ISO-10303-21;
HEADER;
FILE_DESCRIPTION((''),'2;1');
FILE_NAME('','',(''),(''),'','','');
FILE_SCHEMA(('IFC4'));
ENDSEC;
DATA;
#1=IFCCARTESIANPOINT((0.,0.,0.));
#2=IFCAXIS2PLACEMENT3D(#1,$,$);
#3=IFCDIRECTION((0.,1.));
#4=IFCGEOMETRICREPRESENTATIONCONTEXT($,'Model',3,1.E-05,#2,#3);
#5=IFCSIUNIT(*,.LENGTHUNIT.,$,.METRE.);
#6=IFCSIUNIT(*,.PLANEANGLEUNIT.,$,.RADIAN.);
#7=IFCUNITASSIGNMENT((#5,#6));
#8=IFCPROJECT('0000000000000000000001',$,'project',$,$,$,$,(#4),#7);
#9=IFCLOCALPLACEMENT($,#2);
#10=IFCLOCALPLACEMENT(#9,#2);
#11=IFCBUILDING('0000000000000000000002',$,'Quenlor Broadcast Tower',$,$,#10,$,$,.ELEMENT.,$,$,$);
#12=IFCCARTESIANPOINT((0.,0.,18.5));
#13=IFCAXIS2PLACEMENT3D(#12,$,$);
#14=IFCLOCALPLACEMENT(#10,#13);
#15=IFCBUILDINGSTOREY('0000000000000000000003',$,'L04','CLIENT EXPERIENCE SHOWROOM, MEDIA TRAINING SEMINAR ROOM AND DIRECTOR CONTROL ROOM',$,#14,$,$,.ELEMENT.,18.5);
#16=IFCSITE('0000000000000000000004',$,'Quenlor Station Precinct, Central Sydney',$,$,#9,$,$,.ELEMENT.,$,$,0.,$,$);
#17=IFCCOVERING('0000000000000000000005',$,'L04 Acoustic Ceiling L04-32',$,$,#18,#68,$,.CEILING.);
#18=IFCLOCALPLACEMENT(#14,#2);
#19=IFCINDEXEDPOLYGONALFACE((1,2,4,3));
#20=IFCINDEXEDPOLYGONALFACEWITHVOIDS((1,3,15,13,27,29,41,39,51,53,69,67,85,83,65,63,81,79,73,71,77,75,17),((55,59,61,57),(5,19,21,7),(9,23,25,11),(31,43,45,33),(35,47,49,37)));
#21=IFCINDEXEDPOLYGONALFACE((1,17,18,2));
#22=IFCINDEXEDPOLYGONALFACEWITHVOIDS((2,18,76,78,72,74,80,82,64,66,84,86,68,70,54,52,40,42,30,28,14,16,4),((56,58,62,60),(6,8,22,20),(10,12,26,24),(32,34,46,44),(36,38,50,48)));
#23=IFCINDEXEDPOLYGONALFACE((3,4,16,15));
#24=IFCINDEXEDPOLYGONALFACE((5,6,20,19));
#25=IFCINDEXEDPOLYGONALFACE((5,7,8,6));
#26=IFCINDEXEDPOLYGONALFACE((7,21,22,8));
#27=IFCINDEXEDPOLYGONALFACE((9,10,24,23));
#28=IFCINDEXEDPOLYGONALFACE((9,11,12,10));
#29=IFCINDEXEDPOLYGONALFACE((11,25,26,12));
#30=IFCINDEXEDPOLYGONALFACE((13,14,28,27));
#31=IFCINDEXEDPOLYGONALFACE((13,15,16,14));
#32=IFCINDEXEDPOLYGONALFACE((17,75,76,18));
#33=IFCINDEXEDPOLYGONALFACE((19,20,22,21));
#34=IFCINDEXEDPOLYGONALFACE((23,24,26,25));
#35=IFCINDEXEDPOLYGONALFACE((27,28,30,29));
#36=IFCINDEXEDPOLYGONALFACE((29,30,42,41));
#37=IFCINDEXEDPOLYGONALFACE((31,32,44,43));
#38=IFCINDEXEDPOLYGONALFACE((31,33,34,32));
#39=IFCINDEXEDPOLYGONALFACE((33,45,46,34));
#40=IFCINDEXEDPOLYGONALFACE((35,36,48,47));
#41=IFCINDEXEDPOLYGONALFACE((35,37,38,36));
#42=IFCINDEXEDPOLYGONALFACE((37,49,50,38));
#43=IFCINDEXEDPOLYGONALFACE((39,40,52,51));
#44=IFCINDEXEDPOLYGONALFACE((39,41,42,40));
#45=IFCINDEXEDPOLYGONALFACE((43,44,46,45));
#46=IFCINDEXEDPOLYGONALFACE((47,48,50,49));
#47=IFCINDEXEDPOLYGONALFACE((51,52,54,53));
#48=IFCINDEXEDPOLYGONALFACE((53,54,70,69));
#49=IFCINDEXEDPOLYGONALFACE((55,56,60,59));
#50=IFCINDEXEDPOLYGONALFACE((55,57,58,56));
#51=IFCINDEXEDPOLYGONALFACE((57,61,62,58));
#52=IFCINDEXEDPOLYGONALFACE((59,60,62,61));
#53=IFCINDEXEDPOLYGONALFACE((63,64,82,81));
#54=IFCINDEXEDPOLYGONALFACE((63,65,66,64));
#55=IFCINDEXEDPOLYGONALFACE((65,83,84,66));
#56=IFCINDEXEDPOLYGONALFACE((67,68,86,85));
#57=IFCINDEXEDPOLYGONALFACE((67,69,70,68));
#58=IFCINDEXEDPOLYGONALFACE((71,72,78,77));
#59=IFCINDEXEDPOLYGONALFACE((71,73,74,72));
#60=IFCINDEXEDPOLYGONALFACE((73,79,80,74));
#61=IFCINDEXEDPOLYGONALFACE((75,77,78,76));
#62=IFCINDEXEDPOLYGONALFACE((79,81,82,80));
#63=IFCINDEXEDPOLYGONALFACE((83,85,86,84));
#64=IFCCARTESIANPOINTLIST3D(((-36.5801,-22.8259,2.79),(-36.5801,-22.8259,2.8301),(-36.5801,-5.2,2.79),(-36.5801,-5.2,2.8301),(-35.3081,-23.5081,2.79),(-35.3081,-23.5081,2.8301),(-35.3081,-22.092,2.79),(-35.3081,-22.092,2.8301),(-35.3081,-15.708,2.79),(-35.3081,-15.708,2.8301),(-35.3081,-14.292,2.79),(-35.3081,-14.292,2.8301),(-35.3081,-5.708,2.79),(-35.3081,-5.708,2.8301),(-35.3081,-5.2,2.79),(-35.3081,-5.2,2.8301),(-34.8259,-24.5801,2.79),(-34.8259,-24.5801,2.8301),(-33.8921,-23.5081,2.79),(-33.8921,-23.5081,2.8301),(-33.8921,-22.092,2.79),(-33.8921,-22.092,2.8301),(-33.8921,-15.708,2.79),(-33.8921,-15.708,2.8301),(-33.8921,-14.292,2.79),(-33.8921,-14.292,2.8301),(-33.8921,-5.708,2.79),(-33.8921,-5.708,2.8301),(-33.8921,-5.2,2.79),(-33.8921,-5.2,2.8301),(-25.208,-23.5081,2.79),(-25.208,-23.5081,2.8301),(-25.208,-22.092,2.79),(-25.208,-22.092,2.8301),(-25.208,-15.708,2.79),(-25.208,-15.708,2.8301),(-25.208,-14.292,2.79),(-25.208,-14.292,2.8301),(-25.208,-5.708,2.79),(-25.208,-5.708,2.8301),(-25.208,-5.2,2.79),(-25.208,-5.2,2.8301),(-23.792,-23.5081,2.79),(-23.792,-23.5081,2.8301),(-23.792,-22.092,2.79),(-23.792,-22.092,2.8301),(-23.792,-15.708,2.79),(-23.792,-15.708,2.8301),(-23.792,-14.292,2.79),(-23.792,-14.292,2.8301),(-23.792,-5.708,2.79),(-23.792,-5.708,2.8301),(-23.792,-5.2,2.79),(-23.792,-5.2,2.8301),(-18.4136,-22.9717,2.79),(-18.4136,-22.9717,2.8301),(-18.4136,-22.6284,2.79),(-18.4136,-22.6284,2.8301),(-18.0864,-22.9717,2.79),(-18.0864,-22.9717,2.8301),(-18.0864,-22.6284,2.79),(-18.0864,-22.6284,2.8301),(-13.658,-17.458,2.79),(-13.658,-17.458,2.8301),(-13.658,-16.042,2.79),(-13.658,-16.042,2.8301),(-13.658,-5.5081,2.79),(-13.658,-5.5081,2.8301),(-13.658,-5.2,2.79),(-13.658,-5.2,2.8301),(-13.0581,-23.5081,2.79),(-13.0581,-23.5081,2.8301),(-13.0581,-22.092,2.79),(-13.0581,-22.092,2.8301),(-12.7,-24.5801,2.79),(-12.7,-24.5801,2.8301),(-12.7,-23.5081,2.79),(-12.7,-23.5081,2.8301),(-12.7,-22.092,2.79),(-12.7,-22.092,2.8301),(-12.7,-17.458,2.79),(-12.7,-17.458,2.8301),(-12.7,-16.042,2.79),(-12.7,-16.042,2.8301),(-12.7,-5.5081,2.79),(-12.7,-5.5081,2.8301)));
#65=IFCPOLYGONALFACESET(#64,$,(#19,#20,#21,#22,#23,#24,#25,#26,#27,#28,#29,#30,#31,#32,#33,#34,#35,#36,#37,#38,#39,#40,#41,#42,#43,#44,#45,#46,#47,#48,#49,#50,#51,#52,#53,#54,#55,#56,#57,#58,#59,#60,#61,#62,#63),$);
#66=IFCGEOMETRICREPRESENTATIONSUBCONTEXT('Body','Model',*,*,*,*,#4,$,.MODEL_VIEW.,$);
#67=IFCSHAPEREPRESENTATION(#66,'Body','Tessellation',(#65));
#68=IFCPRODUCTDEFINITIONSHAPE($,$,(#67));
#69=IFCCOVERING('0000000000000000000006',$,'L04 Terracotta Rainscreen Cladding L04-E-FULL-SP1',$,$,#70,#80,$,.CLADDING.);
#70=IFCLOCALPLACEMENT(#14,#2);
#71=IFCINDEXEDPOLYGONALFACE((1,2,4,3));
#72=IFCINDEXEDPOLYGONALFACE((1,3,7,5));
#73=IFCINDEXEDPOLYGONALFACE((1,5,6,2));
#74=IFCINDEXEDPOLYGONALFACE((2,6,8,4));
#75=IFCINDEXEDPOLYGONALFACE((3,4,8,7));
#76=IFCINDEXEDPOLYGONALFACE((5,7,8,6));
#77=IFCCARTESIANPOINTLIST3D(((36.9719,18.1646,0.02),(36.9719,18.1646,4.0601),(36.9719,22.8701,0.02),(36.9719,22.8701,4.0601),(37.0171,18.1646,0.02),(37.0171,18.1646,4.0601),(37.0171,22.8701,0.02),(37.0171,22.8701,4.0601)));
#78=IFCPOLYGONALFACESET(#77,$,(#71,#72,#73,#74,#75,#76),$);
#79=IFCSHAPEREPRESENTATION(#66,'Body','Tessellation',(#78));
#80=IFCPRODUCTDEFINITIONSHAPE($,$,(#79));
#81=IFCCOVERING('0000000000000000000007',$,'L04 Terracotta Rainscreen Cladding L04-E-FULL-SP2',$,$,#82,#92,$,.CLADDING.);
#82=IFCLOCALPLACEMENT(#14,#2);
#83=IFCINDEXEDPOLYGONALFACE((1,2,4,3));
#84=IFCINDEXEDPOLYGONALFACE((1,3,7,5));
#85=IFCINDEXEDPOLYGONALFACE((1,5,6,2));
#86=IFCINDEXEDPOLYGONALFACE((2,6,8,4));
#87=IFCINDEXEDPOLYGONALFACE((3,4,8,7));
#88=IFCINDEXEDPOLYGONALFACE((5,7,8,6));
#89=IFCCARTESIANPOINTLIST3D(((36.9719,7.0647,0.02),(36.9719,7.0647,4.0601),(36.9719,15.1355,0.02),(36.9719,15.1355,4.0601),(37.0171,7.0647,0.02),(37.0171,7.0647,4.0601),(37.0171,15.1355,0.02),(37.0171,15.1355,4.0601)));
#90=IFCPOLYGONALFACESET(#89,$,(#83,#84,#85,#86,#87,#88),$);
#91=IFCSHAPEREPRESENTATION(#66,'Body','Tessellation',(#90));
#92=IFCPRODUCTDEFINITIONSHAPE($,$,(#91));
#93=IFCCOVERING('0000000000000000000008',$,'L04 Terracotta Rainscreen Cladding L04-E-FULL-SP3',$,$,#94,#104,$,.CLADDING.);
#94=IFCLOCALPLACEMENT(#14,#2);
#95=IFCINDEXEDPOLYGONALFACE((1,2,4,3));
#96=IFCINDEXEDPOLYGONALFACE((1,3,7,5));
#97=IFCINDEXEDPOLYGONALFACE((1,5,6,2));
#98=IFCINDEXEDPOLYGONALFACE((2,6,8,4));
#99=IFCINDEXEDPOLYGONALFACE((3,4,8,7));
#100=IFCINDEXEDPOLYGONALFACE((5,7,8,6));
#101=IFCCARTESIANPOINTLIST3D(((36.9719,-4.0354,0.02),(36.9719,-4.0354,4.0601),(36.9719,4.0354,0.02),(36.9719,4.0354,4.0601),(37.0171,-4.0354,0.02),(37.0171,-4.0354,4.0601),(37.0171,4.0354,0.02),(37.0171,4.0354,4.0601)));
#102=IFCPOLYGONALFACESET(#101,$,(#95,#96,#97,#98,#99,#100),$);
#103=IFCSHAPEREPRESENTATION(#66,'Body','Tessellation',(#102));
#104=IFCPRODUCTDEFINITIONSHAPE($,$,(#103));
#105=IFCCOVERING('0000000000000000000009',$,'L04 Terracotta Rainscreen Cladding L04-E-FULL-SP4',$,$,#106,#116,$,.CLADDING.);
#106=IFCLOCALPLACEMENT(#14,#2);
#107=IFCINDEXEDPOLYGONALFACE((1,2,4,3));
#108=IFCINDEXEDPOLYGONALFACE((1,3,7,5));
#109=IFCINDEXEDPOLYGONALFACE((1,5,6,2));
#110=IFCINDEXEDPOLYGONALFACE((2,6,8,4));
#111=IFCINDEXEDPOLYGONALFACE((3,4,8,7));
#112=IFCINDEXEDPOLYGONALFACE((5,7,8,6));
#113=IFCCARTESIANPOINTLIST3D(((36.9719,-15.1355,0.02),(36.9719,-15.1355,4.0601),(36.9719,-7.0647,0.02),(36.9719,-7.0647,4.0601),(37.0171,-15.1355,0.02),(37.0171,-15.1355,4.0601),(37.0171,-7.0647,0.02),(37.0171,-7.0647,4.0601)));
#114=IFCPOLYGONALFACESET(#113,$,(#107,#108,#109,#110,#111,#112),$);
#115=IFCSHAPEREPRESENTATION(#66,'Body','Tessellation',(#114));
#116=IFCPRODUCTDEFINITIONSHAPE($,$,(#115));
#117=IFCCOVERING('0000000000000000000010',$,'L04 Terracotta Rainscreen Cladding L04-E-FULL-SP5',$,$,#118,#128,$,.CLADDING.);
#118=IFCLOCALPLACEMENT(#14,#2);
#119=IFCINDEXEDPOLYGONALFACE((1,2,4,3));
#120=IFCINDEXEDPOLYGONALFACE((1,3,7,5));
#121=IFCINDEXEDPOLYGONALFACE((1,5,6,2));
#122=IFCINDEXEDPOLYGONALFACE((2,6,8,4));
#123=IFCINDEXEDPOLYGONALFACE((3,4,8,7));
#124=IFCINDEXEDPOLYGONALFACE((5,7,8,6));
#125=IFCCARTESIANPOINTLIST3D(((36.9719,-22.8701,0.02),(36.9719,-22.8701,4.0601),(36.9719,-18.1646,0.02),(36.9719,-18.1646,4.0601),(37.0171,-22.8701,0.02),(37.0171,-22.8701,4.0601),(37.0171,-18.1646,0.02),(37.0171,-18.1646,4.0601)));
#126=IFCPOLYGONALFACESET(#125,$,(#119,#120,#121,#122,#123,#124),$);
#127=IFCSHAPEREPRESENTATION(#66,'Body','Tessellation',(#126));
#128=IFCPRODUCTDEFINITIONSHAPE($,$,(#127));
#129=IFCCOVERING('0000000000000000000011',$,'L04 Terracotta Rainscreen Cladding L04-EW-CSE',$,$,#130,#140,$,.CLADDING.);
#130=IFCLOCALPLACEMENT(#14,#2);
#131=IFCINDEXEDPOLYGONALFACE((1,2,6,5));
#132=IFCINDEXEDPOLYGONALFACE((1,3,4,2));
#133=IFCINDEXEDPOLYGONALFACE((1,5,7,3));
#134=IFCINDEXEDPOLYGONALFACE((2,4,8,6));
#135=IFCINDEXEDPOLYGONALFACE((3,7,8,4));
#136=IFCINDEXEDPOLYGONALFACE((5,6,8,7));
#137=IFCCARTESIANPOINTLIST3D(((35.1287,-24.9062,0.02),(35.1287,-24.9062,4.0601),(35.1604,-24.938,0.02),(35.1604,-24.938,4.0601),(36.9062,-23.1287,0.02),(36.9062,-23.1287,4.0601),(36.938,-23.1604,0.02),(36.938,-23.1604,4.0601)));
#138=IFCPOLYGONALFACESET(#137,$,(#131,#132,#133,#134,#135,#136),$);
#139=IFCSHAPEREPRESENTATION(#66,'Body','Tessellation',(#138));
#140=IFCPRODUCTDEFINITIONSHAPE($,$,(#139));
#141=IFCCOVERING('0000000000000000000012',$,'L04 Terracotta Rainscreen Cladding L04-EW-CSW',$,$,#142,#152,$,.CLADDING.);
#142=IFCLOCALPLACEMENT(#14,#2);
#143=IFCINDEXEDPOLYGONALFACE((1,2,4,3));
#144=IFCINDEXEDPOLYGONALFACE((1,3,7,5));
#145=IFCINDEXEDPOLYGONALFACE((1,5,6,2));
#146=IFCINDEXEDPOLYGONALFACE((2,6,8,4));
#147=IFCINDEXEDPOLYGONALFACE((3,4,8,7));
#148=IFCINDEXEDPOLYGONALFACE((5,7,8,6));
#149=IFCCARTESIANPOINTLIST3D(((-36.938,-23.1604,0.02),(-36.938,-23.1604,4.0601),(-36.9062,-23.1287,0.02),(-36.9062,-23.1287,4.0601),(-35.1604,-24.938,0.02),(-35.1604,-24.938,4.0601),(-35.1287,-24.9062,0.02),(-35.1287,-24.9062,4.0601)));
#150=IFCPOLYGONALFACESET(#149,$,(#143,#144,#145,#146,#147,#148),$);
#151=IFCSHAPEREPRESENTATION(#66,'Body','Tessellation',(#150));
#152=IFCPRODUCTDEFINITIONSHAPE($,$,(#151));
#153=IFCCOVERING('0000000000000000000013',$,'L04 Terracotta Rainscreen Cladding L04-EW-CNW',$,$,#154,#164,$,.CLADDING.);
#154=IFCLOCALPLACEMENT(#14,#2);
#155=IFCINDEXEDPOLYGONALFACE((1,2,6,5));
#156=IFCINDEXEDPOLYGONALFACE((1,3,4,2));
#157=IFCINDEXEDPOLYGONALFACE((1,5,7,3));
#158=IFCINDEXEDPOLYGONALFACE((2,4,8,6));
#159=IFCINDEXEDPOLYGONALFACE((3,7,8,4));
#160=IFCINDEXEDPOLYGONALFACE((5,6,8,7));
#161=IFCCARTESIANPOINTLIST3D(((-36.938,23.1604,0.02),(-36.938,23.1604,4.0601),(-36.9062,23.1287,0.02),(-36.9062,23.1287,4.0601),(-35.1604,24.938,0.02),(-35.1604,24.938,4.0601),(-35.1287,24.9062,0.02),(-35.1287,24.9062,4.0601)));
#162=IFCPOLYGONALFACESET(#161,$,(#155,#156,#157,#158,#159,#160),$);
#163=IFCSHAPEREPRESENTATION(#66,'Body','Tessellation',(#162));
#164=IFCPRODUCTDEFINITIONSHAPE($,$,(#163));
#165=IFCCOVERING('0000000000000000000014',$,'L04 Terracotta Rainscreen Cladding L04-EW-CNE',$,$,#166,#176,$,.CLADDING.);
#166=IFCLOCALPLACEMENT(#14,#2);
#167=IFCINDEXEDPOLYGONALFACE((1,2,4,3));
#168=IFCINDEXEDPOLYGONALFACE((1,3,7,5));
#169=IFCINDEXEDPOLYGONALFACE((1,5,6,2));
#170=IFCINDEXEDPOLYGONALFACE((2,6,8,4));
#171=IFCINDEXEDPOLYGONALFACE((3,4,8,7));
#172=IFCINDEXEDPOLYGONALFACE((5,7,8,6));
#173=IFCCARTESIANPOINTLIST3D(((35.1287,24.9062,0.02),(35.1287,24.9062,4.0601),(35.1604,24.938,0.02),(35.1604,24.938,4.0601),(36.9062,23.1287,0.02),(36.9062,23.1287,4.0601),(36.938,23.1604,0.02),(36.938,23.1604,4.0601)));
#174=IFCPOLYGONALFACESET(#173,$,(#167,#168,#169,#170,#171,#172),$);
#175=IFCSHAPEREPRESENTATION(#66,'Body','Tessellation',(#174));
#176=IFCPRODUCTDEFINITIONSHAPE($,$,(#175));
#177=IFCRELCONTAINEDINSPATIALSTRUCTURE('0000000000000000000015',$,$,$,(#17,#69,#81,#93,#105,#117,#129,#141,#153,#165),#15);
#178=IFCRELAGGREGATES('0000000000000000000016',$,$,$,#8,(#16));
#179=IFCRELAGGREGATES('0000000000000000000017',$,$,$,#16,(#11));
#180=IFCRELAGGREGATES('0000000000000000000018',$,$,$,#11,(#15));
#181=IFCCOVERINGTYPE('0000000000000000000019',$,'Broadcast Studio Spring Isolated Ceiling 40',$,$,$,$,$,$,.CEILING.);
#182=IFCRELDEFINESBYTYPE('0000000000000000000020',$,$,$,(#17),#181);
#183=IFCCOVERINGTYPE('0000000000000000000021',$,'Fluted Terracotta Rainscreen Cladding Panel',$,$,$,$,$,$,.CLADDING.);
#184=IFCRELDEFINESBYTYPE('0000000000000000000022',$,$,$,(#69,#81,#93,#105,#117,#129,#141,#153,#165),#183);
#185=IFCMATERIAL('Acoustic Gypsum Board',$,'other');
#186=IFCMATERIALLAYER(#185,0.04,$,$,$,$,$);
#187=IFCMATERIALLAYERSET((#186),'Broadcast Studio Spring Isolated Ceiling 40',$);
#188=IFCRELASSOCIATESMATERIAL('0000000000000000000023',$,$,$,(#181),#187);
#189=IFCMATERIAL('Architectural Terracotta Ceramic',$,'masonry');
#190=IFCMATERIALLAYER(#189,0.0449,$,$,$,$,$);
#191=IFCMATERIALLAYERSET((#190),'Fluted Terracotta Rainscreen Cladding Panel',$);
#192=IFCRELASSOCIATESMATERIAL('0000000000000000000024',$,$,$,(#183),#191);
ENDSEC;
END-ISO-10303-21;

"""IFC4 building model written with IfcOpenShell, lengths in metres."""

from ifc_helpers import new_model, si_unit, direction, frame, origin, place, context, subcontext, project, spatial, polyline, outline, extrude, material, layer, layer_set, type_object, element, save


model = new_model("IFC4")

# Units and contexts
model_context = context("Model", 3, precision=1e-05, world=origin(), true_north=direction((0.0, 1.0)))
body_context = subcontext(model_context, "Body", "Model", "MODEL_VIEW")
ifc_project = project(units=[si_unit("LENGTHUNIT", "METRE"), si_unit("PLANEANGLEUNIT", "RADIAN")], contexts=[model_context])

# Site, building, storey
site_placement = place(None, origin())
site = spatial("IfcSite", under=ifc_project, at=site_placement, Name="Quenlor Station Precinct, Central Sydney", CompositionType="ELEMENT", RefElevation=0.0)
building_placement = place(site_placement, origin())
building = spatial("IfcBuilding", under=site, at=building_placement, Name="Quenlor Broadcast Tower", CompositionType="ELEMENT")
storey_placement = place(building_placement, frame((0.0, 0.0, 18.5)))
storey = spatial("IfcBuildingStorey", under=building, at=storey_placement, Name="L04", Description="CLIENT EXPERIENCE SHOWROOM, MEDIA TRAINING SEMINAR ROOM AND DIRECTOR CONTROL ROOM", CompositionType="ELEMENT", Elevation=18.5)

# Coverings
ifc_material_1 = material(Name="Acoustic Gypsum Board", Category="other")
ifc_layer_1 = layer(ifc_material_1, 0.04)
ifc_layer_set_1 = layer_set([ifc_layer_1], Name="Broadcast Studio Spring Isolated Ceiling 40")
covering_type_1 = type_object("IfcCoveringType", Name="Broadcast Studio Spring Isolated Ceiling 40", PredefinedType="CEILING", material=ifc_layer_set_1)
covering_1_placement = place(storey_placement, frame((0.0, 0.0, 2.79)))
element("IfcCovering", 1, at=covering_1_placement, inside=storey, type_object=covering_type_1, Name="L04 Acoustic Ceiling L04-32", PredefinedType="CEILING", context=body_context, shape_type="SweptSolid", body=[
    extrude(outline(polyline([(-36.5801, -5.2), (-35.3081, -5.2), (-35.3081, -5.708), (-33.8921, -5.708), (-33.8921, -5.2), (-25.208, -5.2), (-25.208, -5.708), (-23.792, -5.708), (-23.792, -5.2), (-13.658, -5.2), (-13.658, -5.5081), (-12.7, -5.5081), (-12.7, -16.042), (-13.658, -16.042), (-13.658, -17.458), (-12.7, -17.458), (-12.7, -22.092), (-13.0581, -22.092), (-13.0581, -23.5081), (-12.7, -23.5081), (-12.7, -24.5801), (-34.8259, -24.5801), (-36.5801, -22.8259), (-36.5801, -5.2)]), holes=[polyline([(-23.792, -22.092), (-25.208, -22.092), (-25.208, -23.5081), (-23.792, -23.5081), (-23.792, -22.092)]), polyline([(-18.0864, -22.9717), (-18.0864, -22.6284), (-18.4136, -22.6284), (-18.4136, -22.9717), (-18.0864, -22.9717)]), polyline([(-33.8921, -22.092), (-35.3081, -22.092), (-35.3081, -23.5081), (-33.8921, -23.5081), (-33.8921, -22.092)]), polyline([(-33.8921, -15.708), (-33.8921, -14.292), (-35.3081, -14.292), (-35.3081, -15.708), (-33.8921, -15.708)]), polyline([(-23.792, -14.292), (-25.208, -14.292), (-25.208, -15.708), (-23.792, -15.708), (-23.792, -14.292)])]), origin(), (0.0, 0.0, 1.0), 0.04),
])
ifc_material_2 = material(Name="Architectural Terracotta Ceramic", Category="masonry")
ifc_layer_2 = layer(ifc_material_2, 0.0449)
ifc_layer_set_2 = layer_set([ifc_layer_2], Name="Fluted Terracotta Rainscreen Cladding Panel")
covering_type_2 = type_object("IfcCoveringType", Name="Fluted Terracotta Rainscreen Cladding Panel", PredefinedType="CLADDING", material=ifc_layer_set_2)
covering_2_placement = place(storey_placement, frame((0.0, 0.0, 0.02)))
element("IfcCovering", 2, at=covering_2_placement, inside=storey, type_object=covering_type_2, Name="L04 Terracotta Rainscreen Cladding L04-E-FULL-SP1", PredefinedType="CLADDING", context=body_context, shape_type="SweptSolid", body=[
    extrude(outline(polyline([(36.9719, 22.8701), (36.9719, 18.1646), (37.0171, 18.1646), (37.0171, 22.8701), (36.9719, 22.8701)])), origin(), (0.0, 0.0, 1.0), 4.04),
])
covering_3_placement = place(storey_placement, frame((0.0, 0.0, 0.02)))
element("IfcCovering", 3, at=covering_3_placement, inside=storey, type_object=covering_type_2, Name="L04 Terracotta Rainscreen Cladding L04-E-FULL-SP2", PredefinedType="CLADDING", context=body_context, shape_type="SweptSolid", body=[
    extrude(outline(polyline([(36.9719, 15.1355), (36.9719, 7.0647), (37.0171, 7.0647), (37.0171, 15.1355), (36.9719, 15.1355)])), origin(), (0.0, 0.0, 1.0), 4.04),
])
covering_4_placement = place(storey_placement, frame((0.0, 0.0, 0.02)))
element("IfcCovering", 4, at=covering_4_placement, inside=storey, type_object=covering_type_2, Name="L04 Terracotta Rainscreen Cladding L04-E-FULL-SP3", PredefinedType="CLADDING", context=body_context, shape_type="SweptSolid", body=[
    extrude(outline(polyline([(36.9719, 4.0354), (36.9719, -4.0354), (37.0171, -4.0354), (37.0171, 4.0354), (36.9719, 4.0354)])), origin(), (0.0, 0.0, 1.0), 4.04),
])
covering_5_placement = place(storey_placement, frame((0.0, 0.0, 0.02)))
element("IfcCovering", 5, at=covering_5_placement, inside=storey, type_object=covering_type_2, Name="L04 Terracotta Rainscreen Cladding L04-E-FULL-SP4", PredefinedType="CLADDING", context=body_context, shape_type="SweptSolid", body=[
    extrude(outline(polyline([(36.9719, -7.0647), (36.9719, -15.1355), (37.0171, -15.1355), (37.0171, -7.0647), (36.9719, -7.0647)])), origin(), (0.0, 0.0, 1.0), 4.04),
])
covering_6_placement = place(storey_placement, frame((0.0, 0.0, 0.02)))
element("IfcCovering", 6, at=covering_6_placement, inside=storey, type_object=covering_type_2, Name="L04 Terracotta Rainscreen Cladding L04-E-FULL-SP5", PredefinedType="CLADDING", context=body_context, shape_type="SweptSolid", body=[
    extrude(outline(polyline([(36.9719, -18.1646), (36.9719, -22.8701), (37.0171, -22.8701), (37.0171, -18.1646), (36.9719, -18.1646)])), origin(), (0.0, 0.0, 1.0), 4.04),
])
covering_7_placement = place(storey_placement, frame((0.0, 0.0, 0.02)))
element("IfcCovering", 7, at=covering_7_placement, inside=storey, type_object=covering_type_2, Name="L04 Terracotta Rainscreen Cladding L04-EW-CSE", PredefinedType="CLADDING", context=body_context, shape_type="SweptSolid", body=[
    extrude(outline(polyline([(36.9062, -23.1287), (35.1287, -24.9062), (35.1604, -24.938), (36.938, -23.1604), (36.9062, -23.1287)])), origin(), (0.0, 0.0, 1.0), 4.04),
])
covering_8_placement = place(storey_placement, frame((0.0, 0.0, 0.02)))
element("IfcCovering", 8, at=covering_8_placement, inside=storey, type_object=covering_type_2, Name="L04 Terracotta Rainscreen Cladding L04-EW-CSW", PredefinedType="CLADDING", context=body_context, shape_type="SweptSolid", body=[
    extrude(outline(polyline([(-35.1287, -24.9062), (-36.9062, -23.1287), (-36.938, -23.1604), (-35.1604, -24.938), (-35.1287, -24.9062)])), origin(), (0.0, 0.0, 1.0), 4.04),
])
covering_9_placement = place(storey_placement, frame((0.0, 0.0, 0.02)))
element("IfcCovering", 9, at=covering_9_placement, inside=storey, type_object=covering_type_2, Name="L04 Terracotta Rainscreen Cladding L04-EW-CNW", PredefinedType="CLADDING", context=body_context, shape_type="SweptSolid", body=[
    extrude(outline(polyline([(-36.9062, 23.1287), (-35.1287, 24.9062), (-35.1604, 24.938), (-36.938, 23.1604), (-36.9062, 23.1287)])), origin(), (0.0, 0.0, 1.0), 4.04),
])
covering_10_placement = place(storey_placement, frame((0.0, 0.0, 0.02)))
element("IfcCovering", 10, at=covering_10_placement, inside=storey, type_object=covering_type_2, Name="L04 Terracotta Rainscreen Cladding L04-EW-CNE", PredefinedType="CLADDING", context=body_context, shape_type="SweptSolid", body=[
    extrude(outline(polyline([(35.1287, 24.9062), (36.9062, 23.1287), (36.938, 23.1604), (35.1604, 24.938), (35.1287, 24.9062)])), origin(), (0.0, 0.0, 1.0), 4.04),
])

save(model, "model.ifc")
